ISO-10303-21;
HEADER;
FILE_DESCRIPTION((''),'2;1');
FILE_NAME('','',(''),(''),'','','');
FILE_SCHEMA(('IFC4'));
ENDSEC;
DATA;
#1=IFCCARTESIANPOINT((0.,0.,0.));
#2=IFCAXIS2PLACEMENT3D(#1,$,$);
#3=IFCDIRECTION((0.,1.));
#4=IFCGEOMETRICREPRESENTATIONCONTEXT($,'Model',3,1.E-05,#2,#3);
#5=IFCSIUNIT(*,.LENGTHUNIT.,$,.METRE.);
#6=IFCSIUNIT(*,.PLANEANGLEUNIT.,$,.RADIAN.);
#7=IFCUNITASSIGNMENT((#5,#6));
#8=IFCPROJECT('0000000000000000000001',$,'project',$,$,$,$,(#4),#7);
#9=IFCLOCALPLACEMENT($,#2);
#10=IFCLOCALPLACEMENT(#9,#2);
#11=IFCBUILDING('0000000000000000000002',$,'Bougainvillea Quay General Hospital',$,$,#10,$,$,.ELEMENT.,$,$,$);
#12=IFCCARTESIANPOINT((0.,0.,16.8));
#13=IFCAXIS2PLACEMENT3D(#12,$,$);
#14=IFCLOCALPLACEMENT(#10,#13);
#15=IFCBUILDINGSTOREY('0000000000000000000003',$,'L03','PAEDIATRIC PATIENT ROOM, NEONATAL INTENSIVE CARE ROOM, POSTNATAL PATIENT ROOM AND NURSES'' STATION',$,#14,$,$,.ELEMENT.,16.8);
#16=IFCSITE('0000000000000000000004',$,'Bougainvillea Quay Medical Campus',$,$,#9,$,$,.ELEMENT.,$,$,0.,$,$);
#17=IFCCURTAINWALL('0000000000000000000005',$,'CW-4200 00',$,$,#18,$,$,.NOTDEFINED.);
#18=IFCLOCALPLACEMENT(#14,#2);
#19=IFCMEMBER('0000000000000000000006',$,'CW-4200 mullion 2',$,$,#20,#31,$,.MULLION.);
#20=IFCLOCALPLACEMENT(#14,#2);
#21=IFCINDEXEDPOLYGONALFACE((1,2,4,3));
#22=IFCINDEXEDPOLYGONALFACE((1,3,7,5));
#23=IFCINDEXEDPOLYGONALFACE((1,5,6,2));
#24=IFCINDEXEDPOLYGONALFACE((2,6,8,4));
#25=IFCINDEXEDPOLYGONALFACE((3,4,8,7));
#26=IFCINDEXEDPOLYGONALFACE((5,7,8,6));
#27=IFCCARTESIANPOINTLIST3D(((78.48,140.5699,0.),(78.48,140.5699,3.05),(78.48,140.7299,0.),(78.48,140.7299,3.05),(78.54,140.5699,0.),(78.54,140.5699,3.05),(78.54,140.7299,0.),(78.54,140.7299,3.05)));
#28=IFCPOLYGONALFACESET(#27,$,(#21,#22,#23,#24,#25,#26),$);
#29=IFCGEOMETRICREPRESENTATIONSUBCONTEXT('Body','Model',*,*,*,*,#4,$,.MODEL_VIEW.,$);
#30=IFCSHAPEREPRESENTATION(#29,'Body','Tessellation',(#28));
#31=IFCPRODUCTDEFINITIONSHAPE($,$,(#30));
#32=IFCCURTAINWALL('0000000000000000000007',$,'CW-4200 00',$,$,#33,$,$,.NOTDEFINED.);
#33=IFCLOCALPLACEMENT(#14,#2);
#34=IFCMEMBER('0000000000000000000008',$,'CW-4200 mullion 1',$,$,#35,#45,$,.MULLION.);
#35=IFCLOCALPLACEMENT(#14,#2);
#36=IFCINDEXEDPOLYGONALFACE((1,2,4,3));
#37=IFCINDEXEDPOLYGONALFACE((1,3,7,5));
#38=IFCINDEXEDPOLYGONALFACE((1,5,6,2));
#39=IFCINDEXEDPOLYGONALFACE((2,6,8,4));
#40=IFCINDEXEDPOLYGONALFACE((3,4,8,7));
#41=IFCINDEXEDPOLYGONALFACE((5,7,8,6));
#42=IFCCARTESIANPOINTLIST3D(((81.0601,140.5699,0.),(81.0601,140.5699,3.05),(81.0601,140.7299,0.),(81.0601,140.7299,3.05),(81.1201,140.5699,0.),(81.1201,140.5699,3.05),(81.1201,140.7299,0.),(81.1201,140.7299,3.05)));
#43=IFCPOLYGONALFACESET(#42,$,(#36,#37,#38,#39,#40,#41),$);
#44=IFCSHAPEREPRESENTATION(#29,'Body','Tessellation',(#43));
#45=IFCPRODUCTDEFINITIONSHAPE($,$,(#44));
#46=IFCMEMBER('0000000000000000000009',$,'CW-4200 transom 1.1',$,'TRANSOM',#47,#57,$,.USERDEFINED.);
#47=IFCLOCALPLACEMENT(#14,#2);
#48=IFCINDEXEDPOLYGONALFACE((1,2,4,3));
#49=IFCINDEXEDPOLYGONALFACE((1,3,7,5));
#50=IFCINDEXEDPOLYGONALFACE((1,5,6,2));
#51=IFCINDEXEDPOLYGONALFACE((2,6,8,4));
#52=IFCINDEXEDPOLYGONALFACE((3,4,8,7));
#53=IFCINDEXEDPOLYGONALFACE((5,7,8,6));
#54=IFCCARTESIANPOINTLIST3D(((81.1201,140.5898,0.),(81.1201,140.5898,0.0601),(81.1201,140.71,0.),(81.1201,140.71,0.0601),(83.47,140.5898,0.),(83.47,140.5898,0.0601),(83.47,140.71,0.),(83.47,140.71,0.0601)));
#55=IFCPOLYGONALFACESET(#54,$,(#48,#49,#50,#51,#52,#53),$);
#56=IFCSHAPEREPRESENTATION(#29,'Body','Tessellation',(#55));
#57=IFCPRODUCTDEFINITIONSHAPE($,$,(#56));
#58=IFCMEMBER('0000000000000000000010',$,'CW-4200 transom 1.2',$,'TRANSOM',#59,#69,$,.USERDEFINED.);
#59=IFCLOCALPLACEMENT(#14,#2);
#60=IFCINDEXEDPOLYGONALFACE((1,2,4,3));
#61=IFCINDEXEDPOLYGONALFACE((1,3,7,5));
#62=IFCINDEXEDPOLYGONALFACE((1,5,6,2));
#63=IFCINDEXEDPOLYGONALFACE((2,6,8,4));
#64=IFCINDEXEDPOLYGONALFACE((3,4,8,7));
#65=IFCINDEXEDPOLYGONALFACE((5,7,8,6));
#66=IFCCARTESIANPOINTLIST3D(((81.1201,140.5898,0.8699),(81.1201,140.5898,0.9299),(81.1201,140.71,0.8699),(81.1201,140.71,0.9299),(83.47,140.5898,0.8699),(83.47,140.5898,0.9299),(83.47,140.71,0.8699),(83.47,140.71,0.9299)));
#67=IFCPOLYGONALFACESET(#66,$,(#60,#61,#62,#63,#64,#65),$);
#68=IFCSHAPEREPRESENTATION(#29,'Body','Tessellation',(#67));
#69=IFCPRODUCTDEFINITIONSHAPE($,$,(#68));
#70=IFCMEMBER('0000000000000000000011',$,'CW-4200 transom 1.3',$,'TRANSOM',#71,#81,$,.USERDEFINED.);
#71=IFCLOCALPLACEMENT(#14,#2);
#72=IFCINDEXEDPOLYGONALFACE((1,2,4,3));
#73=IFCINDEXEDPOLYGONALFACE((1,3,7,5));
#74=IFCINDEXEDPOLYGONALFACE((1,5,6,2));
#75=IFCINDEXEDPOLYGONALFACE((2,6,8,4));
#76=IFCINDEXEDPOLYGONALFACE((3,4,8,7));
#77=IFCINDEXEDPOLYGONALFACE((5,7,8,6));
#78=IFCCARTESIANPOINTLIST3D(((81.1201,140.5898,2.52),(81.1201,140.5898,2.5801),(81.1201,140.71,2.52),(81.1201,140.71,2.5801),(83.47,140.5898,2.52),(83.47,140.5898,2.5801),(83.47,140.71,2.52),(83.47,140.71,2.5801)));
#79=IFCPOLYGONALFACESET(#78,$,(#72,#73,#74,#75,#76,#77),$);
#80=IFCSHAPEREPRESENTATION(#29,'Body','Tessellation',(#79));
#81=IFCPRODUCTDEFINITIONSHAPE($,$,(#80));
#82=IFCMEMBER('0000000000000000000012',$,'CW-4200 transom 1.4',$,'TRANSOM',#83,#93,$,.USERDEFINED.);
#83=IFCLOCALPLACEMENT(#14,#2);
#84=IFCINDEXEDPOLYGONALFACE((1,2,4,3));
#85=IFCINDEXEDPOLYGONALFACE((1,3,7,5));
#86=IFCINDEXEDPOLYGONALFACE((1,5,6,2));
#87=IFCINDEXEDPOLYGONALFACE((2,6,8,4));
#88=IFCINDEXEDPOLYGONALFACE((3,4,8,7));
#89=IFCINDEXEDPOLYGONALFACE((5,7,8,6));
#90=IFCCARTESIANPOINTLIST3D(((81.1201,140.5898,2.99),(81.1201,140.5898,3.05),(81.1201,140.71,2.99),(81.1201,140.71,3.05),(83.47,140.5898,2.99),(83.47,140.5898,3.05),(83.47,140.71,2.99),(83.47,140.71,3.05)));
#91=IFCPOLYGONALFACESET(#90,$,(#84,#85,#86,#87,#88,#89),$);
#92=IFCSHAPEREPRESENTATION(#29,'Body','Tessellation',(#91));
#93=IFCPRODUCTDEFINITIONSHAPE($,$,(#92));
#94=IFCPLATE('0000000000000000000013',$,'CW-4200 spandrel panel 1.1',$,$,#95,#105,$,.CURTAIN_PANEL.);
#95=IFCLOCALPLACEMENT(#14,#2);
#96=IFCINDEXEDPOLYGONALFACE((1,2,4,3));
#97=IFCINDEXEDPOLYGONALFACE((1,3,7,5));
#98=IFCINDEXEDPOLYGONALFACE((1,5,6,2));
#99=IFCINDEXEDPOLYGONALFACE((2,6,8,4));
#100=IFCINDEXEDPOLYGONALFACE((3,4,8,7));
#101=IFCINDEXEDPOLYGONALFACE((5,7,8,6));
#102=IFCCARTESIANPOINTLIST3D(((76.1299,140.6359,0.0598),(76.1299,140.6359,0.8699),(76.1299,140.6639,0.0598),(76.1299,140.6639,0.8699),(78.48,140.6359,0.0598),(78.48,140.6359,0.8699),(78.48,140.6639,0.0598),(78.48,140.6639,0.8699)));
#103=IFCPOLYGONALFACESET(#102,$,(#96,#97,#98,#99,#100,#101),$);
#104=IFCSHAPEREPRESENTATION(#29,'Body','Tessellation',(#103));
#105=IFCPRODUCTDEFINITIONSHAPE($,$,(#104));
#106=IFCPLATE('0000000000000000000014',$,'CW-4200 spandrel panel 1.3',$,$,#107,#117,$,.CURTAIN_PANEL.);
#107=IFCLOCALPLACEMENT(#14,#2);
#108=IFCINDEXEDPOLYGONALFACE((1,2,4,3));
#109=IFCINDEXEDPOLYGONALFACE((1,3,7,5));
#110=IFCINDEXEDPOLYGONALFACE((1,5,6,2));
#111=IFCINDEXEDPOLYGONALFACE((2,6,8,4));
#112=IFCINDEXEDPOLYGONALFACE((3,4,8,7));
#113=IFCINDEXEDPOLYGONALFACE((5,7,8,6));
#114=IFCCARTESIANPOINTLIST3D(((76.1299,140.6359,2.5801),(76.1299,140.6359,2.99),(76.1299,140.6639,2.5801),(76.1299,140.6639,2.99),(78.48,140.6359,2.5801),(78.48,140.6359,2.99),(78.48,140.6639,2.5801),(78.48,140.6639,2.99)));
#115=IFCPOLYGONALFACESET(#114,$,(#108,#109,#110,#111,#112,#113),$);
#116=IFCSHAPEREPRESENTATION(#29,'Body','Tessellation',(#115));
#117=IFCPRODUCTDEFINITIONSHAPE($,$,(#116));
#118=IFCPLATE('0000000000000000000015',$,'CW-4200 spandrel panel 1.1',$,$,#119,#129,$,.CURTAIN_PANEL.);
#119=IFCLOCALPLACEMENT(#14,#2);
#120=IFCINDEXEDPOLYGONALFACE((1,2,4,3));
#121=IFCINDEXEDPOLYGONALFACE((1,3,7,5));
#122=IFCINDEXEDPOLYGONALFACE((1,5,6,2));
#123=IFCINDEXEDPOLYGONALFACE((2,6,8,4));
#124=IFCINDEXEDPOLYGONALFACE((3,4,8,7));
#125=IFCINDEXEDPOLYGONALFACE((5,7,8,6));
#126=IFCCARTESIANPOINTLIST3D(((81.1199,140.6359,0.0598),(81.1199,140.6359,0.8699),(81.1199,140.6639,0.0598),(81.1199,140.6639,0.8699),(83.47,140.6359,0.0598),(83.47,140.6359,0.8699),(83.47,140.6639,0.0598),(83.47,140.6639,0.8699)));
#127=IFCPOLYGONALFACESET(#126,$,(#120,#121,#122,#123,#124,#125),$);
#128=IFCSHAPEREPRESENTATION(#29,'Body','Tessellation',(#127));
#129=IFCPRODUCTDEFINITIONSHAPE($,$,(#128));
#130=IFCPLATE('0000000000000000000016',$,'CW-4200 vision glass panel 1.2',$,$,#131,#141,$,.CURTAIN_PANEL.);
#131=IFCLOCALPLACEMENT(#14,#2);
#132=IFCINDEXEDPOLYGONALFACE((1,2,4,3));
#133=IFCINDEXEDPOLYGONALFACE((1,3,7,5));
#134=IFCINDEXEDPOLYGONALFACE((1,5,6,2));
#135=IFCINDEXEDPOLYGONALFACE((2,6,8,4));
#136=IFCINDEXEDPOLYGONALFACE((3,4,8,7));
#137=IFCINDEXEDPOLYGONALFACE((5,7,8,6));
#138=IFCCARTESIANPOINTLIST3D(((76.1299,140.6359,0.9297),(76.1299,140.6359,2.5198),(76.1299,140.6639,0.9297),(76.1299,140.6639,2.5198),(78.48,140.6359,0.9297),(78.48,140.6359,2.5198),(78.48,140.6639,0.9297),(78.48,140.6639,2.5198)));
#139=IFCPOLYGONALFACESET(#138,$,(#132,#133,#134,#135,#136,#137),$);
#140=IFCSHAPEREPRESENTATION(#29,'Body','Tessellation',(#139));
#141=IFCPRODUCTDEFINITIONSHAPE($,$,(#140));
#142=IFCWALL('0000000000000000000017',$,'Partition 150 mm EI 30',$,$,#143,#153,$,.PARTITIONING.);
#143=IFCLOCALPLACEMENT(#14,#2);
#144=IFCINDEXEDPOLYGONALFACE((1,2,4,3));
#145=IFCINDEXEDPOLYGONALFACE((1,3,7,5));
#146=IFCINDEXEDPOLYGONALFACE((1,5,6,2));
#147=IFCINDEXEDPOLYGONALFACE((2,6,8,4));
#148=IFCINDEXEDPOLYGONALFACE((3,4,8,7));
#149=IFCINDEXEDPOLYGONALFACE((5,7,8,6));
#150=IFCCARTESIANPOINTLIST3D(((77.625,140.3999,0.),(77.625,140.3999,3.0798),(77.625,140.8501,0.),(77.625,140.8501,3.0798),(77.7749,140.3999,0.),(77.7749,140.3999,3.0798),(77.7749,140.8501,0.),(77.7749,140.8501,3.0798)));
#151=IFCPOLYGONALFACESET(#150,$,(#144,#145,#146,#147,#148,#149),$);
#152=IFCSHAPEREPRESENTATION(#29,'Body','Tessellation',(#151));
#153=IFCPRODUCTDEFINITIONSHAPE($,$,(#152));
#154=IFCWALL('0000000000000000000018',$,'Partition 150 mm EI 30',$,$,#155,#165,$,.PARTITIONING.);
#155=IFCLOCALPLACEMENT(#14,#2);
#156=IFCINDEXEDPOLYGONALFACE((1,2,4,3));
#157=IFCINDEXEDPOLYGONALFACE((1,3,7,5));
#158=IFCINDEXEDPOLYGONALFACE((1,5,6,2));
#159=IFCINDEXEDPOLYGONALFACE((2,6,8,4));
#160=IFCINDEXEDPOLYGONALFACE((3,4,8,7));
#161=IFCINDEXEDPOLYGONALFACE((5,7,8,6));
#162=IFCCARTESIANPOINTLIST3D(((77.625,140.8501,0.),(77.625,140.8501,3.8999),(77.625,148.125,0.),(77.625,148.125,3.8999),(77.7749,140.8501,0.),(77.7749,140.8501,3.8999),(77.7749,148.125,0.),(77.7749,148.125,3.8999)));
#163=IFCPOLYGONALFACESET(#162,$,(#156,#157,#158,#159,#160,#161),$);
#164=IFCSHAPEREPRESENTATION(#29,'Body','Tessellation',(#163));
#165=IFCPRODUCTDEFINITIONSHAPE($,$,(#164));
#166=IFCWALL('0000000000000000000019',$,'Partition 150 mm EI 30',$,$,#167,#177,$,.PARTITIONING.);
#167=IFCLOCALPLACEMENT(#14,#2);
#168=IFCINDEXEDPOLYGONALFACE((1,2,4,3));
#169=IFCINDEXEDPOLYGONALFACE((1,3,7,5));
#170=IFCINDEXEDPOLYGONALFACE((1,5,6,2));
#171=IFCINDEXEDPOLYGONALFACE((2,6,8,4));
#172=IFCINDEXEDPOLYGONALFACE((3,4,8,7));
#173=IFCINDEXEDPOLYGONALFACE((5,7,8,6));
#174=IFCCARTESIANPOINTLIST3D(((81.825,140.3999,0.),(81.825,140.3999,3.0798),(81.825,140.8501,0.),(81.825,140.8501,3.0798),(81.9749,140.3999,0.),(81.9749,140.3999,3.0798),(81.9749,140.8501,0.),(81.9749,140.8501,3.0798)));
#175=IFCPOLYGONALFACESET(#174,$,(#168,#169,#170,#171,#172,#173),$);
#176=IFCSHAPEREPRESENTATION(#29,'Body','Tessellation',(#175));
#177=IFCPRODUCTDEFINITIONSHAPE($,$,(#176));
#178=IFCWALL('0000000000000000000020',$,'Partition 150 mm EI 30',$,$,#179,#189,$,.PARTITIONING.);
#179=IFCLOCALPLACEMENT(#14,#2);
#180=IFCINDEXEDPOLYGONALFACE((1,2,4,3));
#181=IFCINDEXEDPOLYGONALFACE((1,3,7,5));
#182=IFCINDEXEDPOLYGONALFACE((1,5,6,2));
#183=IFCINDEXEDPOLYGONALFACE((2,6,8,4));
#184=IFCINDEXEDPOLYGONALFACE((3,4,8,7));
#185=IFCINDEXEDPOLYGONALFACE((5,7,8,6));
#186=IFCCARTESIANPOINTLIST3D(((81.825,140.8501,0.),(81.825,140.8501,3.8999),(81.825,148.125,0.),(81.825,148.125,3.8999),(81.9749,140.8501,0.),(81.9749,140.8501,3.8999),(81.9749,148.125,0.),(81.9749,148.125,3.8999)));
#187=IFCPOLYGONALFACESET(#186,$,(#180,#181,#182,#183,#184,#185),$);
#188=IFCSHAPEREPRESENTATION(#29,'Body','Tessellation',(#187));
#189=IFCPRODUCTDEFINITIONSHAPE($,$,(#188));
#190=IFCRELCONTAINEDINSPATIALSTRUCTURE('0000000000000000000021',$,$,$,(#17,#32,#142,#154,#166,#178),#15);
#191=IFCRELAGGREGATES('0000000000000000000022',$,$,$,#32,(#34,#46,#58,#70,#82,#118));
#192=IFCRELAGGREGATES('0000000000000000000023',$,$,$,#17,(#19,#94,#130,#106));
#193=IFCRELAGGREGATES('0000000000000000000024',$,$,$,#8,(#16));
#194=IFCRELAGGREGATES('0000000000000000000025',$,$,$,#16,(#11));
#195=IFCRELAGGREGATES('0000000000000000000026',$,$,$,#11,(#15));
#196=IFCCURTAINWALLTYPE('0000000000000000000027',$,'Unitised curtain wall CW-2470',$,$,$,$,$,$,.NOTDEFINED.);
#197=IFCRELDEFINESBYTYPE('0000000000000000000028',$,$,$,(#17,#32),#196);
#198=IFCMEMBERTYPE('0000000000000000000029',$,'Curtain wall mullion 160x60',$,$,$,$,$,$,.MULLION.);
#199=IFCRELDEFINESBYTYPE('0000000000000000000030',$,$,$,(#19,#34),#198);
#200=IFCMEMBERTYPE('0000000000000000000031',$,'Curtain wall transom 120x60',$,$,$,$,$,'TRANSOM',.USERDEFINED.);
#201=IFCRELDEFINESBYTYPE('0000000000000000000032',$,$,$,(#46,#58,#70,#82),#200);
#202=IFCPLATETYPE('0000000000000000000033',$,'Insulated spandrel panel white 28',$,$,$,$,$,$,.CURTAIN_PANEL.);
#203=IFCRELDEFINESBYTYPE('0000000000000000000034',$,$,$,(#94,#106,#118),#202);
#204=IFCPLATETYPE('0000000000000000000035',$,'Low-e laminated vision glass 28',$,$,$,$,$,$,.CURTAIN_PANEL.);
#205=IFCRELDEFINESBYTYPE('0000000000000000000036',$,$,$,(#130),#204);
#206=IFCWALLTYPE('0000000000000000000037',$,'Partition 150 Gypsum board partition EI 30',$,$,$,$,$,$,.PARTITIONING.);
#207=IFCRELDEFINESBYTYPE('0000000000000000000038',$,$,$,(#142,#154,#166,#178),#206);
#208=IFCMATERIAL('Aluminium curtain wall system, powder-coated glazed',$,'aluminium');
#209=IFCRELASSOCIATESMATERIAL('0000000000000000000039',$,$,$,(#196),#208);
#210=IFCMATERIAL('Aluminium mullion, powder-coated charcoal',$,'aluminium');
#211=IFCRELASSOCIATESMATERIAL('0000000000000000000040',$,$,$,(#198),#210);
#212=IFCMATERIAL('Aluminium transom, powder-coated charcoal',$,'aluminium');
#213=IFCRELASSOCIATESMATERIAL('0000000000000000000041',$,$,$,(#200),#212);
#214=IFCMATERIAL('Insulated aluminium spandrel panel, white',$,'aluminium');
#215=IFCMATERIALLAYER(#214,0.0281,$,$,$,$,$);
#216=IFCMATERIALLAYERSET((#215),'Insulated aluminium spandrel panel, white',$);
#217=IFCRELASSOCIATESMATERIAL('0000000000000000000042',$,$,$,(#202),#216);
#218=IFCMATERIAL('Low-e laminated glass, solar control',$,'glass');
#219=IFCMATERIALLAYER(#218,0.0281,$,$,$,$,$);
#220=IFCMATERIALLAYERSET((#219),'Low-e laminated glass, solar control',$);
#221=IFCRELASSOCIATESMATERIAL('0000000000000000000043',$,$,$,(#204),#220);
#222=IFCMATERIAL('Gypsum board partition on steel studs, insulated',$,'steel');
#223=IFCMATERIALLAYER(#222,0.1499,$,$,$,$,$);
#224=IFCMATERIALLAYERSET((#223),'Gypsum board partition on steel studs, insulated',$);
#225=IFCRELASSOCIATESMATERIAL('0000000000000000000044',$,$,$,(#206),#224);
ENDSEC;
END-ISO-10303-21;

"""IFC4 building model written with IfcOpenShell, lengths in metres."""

from ifc_helpers import new_model, si_unit, direction, frame, frame_2d, origin, origin_2d, place, context, subcontext, project, spatial, rectangle, extrude, material, layer, layer_set, material_profile, profile_set, type_object, element, aggregate, save


model = new_model("IFC4")

# Units and contexts
model_context = context("Model", 3, precision=1e-05, world=origin(), true_north=direction((0.0, 1.0)))
body_context = subcontext(model_context, "Body", "Model", "MODEL_VIEW")
ifc_project = project(units=[si_unit("LENGTHUNIT", "METRE"), si_unit("PLANEANGLEUNIT", "RADIAN")], contexts=[model_context])

# Site, building, storey
site_placement = place(None, origin())
site = spatial("IfcSite", under=ifc_project, at=site_placement, Name="Bougainvillea Quay Medical Campus", CompositionType="ELEMENT", RefElevation=0.0)
building_placement = place(site_placement, origin())
building = spatial("IfcBuilding", under=site, at=building_placement, Name="Bougainvillea Quay General Hospital", CompositionType="ELEMENT")
storey_placement = place(building_placement, frame((0.0, 0.0, 16.8)))
storey = spatial("IfcBuildingStorey", under=building, at=storey_placement, Name="L03", Description="PAEDIATRIC PATIENT ROOM, NEONATAL INTENSIVE CARE ROOM, POSTNATAL PATIENT ROOM AND NURSES' STATION", CompositionType="ELEMENT", Elevation=16.8)

# Curtain wall, member
ifc_material_1 = material(Name="Aluminium curtain wall system, powder-coated glazed", Category="aluminium")
curtain_wall_type = type_object("IfcCurtainWallType", Name="Unitised curtain wall CW-2470", PredefinedType="NOTDEFINED", material=ifc_material_1)
curtain_wall_1_placement = place(storey_placement, origin())
curtain_wall_1 = element("IfcCurtainWall", 1, at=curtain_wall_1_placement, inside=storey, type_object=curtain_wall_type, Name="CW-4200 00", PredefinedType="NOTDEFINED")
ifc_material_2 = material(Name="Aluminium mullion, powder-coated charcoal", Category="aluminium")
ifc_material_profile_1 = material_profile(ifc_material_2, rectangle(XDim=0.1599, YDim=0.0601, at=origin_2d()))
ifc_profile_set_1 = profile_set([ifc_material_profile_1], Name="Aluminium mullion, powder-coated charcoal")
member_type_1 = type_object("IfcMemberType", Name="Curtain wall mullion 160x60", PredefinedType="MULLION", material=ifc_profile_set_1)
member_1_placement = place(storey_placement, frame((78.51, 140.6499, 0.0), z_axis=(0.0, 0.0, 1.0), x_axis=(0.0, 1.0, 0.0)))
member_1 = element("IfcMember", 2, at=member_1_placement, type_object=member_type_1, Name="CW-4200 mullion 2", PredefinedType="MULLION", context=body_context, shape_type="SweptSolid", body=[
    extrude(rectangle(XDim=0.1599, YDim=0.0601, at=origin_2d()), origin(), (0.0, 0.0, 1.0), 3.05),
])

# Curtain wall, members
curtain_wall_2_placement = place(storey_placement, origin())
curtain_wall_2 = element("IfcCurtainWall", 3, at=curtain_wall_2_placement, inside=storey, type_object=curtain_wall_type, Name="CW-4200 00", PredefinedType="NOTDEFINED")
member_2_placement = place(storey_placement, frame((81.0901, 140.6499, 0.0), z_axis=(0.0, 0.0, 1.0), x_axis=(0.0, 1.0, 0.0)))
member_2 = element("IfcMember", 4, at=member_2_placement, type_object=member_type_1, Name="CW-4200 mullion 1", PredefinedType="MULLION", context=body_context, shape_type="SweptSolid", body=[
    extrude(rectangle(XDim=0.1599, YDim=0.0601, at=origin_2d()), origin(), (0.0, 0.0, 1.0), 3.05),
])
ifc_material_3 = material(Name="Aluminium transom, powder-coated charcoal", Category="aluminium")
ifc_material_profile_2 = material_profile(ifc_material_3, rectangle(XDim=0.1201, YDim=0.0601, at=origin_2d()))
ifc_profile_set_2 = profile_set([ifc_material_profile_2], Name="Aluminium transom, powder-coated charcoal")
member_type_2 = type_object("IfcMemberType", Name="Curtain wall transom 120x60", ElementType="TRANSOM", PredefinedType="USERDEFINED", material=ifc_profile_set_2)
member_3_placement = place(storey_placement, frame((81.1201, 140.6499, 0.03), z_axis=(1.0, 0.0, 0.0), x_axis=(0.0, 1.0, 0.0)))
member_3 = element("IfcMember", 5, at=member_3_placement, type_object=member_type_2, Name="CW-4200 transom 1.1", ObjectType="TRANSOM", PredefinedType="USERDEFINED", context=body_context, shape_type="SweptSolid", body=[
    extrude(rectangle(XDim=0.1201, YDim=0.0601, at=origin_2d()), origin(), (0.0, 0.0, 1.0), 2.3499),
])
member_4_placement = place(storey_placement, frame((81.1201, 140.6499, 0.8999), z_axis=(1.0, 0.0, 0.0), x_axis=(0.0, 1.0, 0.0)))
member_4 = element("IfcMember", 6, at=member_4_placement, type_object=member_type_2, Name="CW-4200 transom 1.2", ObjectType="TRANSOM", PredefinedType="USERDEFINED", context=body_context, shape_type="SweptSolid", body=[
    extrude(rectangle(XDim=0.1201, YDim=0.0601, at=origin_2d()), origin(), (0.0, 0.0, 1.0), 2.3499),
])
member_5_placement = place(storey_placement, frame((81.1201, 140.6499, 2.55), z_axis=(1.0, 0.0, 0.0), x_axis=(0.0, 1.0, 0.0)))
member_5 = element("IfcMember", 7, at=member_5_placement, type_object=member_type_2, Name="CW-4200 transom 1.3", ObjectType="TRANSOM", PredefinedType="USERDEFINED", context=body_context, shape_type="SweptSolid", body=[
    extrude(rectangle(XDim=0.1201, YDim=0.0601, at=origin_2d()), origin(), (0.0, 0.0, 1.0), 2.3499),
])
member_6_placement = place(storey_placement, frame((81.1201, 140.6499, 3.02), z_axis=(1.0, 0.0, 0.0), x_axis=(0.0, 1.0, 0.0)))
member_6 = element("IfcMember", 8, at=member_6_placement, type_object=member_type_2, Name="CW-4200 transom 1.4", ObjectType="TRANSOM", PredefinedType="USERDEFINED", context=body_context, shape_type="SweptSolid", body=[
    extrude(rectangle(XDim=0.1201, YDim=0.0601, at=origin_2d()), origin(), (0.0, 0.0, 1.0), 2.3499),
])

# Plates
ifc_material_4 = material(Name="Insulated aluminium spandrel panel, white", Category="aluminium")
ifc_layer_1 = layer(ifc_material_4, 0.0281)
ifc_layer_set_1 = layer_set([ifc_layer_1], Name="Insulated aluminium spandrel panel, white")
plate_type_1 = type_object("IfcPlateType", Name="Insulated spandrel panel white 28", PredefinedType="CURTAIN_PANEL", material=ifc_layer_set_1)
plate_1_placement = place(storey_placement, frame((77.3049, 140.6499, 0.0598), z_axis=(0.0, 0.0, 1.0), x_axis=(1.0, 0.0, 0.0)))
plate_1 = element("IfcPlate", 9, at=plate_1_placement, type_object=plate_type_1, Name="CW-4200 spandrel panel 1.1", PredefinedType="CURTAIN_PANEL", context=body_context, shape_type="SweptSolid", body=[
    extrude(rectangle(XDim=2.3501, YDim=0.0281, at=origin_2d()), origin(), (0.0, 0.0, 1.0), 0.8101),
])
plate_2_placement = place(storey_placement, frame((77.3049, 140.6499, 2.5801), z_axis=(0.0, 0.0, 1.0), x_axis=(1.0, 0.0, 0.0)))
plate_2 = element("IfcPlate", 10, at=plate_2_placement, type_object=plate_type_1, Name="CW-4200 spandrel panel 1.3", PredefinedType="CURTAIN_PANEL", context=body_context, shape_type="SweptSolid", body=[
    extrude(rectangle(XDim=2.3501, YDim=0.0281, at=origin_2d()), origin(), (0.0, 0.0, 1.0), 0.4099),
])
plate_3_placement = place(storey_placement, frame((82.2949, 140.6499, 0.0598), z_axis=(0.0, 0.0, 1.0), x_axis=(1.0, 0.0, 0.0)))
plate_3 = element("IfcPlate", 11, at=plate_3_placement, type_object=plate_type_1, Name="CW-4200 spandrel panel 1.1", PredefinedType="CURTAIN_PANEL", context=body_context, shape_type="SweptSolid", body=[
    extrude(rectangle(XDim=2.3501, YDim=0.0281, at=origin_2d()), origin(), (0.0, 0.0, 1.0), 0.8101),
])
aggregate(curtain_wall_2, [member_2, member_3, member_4, member_5, member_6, plate_3])
ifc_material_5 = material(Name="Low-e laminated glass, solar control", Category="glass")
ifc_layer_2 = layer(ifc_material_5, 0.0281)
ifc_layer_set_2 = layer_set([ifc_layer_2], Name="Low-e laminated glass, solar control")
plate_type_2 = type_object("IfcPlateType", Name="Low-e laminated vision glass 28", PredefinedType="CURTAIN_PANEL", material=ifc_layer_set_2)
plate_4_placement = place(storey_placement, frame((77.3049, 140.6499, 0.9297), z_axis=(0.0, 0.0, 1.0), x_axis=(1.0, 0.0, 0.0)))
plate_4 = element("IfcPlate", 12, at=plate_4_placement, type_object=plate_type_2, Name="CW-4200 vision glass panel 1.2", PredefinedType="CURTAIN_PANEL", context=body_context, shape_type="SweptSolid", body=[
    extrude(rectangle(XDim=2.3501, YDim=0.0281, at=origin_2d()), origin(), (0.0, 0.0, 1.0), 1.5901),
])
aggregate(curtain_wall_1, [member_1, plate_1, plate_4, plate_2])

# Walls
ifc_material_6 = material(Name="Gypsum board partition on steel studs, insulated", Category="steel")
ifc_layer_3 = layer(ifc_material_6, 0.1499)
ifc_layer_set_3 = layer_set([ifc_layer_3], Name="Gypsum board partition on steel studs, insulated")
wall_type = type_object("IfcWallType", Name="Partition 150 Gypsum board partition EI 30", PredefinedType="PARTITIONING", material=ifc_layer_set_3)
wall_1_placement = place(storey_placement, frame((77.7, 140.3999, 0.0), z_axis=(0.0, 0.0, 1.0), x_axis=(0.0, 1.0, 0.0)))
element("IfcWall", 13, at=wall_1_placement, inside=storey, type_object=wall_type, Name="Partition 150 mm EI 30", PredefinedType="PARTITIONING", context=body_context, shape_type="SweptSolid", body=[
    extrude(rectangle(XDim=0.4502, YDim=0.1499, at=frame_2d((0.2251, 0.0))), origin(), (0.0, 0.0, 1.0), 3.0798),
])
wall_2_placement = place(storey_placement, frame((77.7, 140.8501, 0.0), z_axis=(0.0, 0.0, 1.0), x_axis=(0.0, 1.0, 0.0)))
element("IfcWall", 14, at=wall_2_placement, inside=storey, type_object=wall_type, Name="Partition 150 mm EI 30", PredefinedType="PARTITIONING", context=body_context, shape_type="SweptSolid", body=[
    extrude(rectangle(XDim=7.2749, YDim=0.1499, at=frame_2d((3.6375, 0.0))), origin(), (0.0, 0.0, 1.0), 3.8999),
])
wall_3_placement = place(storey_placement, frame((81.8999, 140.3999, 0.0), z_axis=(0.0, 0.0, 1.0), x_axis=(0.0, 1.0, 0.0)))
element("IfcWall", 15, at=wall_3_placement, inside=storey, type_object=wall_type, Name="Partition 150 mm EI 30", PredefinedType="PARTITIONING", context=body_context, shape_type="SweptSolid", body=[
    extrude(rectangle(XDim=0.4502, YDim=0.1499, at=frame_2d((0.2251, 0.0))), origin(), (0.0, 0.0, 1.0), 3.0798),
])
wall_4_placement = place(storey_placement, frame((81.8999, 140.8501, 0.0), z_axis=(0.0, 0.0, 1.0), x_axis=(0.0, 1.0, 0.0)))
element("IfcWall", 16, at=wall_4_placement, inside=storey, type_object=wall_type, Name="Partition 150 mm EI 30", PredefinedType="PARTITIONING", context=body_context, shape_type="SweptSolid", body=[
    extrude(rectangle(XDim=7.2749, YDim=0.1499, at=frame_2d((3.6375, 0.0))), origin(), (0.0, 0.0, 1.0), 3.8999),
])

save(model, "model.ifc")
